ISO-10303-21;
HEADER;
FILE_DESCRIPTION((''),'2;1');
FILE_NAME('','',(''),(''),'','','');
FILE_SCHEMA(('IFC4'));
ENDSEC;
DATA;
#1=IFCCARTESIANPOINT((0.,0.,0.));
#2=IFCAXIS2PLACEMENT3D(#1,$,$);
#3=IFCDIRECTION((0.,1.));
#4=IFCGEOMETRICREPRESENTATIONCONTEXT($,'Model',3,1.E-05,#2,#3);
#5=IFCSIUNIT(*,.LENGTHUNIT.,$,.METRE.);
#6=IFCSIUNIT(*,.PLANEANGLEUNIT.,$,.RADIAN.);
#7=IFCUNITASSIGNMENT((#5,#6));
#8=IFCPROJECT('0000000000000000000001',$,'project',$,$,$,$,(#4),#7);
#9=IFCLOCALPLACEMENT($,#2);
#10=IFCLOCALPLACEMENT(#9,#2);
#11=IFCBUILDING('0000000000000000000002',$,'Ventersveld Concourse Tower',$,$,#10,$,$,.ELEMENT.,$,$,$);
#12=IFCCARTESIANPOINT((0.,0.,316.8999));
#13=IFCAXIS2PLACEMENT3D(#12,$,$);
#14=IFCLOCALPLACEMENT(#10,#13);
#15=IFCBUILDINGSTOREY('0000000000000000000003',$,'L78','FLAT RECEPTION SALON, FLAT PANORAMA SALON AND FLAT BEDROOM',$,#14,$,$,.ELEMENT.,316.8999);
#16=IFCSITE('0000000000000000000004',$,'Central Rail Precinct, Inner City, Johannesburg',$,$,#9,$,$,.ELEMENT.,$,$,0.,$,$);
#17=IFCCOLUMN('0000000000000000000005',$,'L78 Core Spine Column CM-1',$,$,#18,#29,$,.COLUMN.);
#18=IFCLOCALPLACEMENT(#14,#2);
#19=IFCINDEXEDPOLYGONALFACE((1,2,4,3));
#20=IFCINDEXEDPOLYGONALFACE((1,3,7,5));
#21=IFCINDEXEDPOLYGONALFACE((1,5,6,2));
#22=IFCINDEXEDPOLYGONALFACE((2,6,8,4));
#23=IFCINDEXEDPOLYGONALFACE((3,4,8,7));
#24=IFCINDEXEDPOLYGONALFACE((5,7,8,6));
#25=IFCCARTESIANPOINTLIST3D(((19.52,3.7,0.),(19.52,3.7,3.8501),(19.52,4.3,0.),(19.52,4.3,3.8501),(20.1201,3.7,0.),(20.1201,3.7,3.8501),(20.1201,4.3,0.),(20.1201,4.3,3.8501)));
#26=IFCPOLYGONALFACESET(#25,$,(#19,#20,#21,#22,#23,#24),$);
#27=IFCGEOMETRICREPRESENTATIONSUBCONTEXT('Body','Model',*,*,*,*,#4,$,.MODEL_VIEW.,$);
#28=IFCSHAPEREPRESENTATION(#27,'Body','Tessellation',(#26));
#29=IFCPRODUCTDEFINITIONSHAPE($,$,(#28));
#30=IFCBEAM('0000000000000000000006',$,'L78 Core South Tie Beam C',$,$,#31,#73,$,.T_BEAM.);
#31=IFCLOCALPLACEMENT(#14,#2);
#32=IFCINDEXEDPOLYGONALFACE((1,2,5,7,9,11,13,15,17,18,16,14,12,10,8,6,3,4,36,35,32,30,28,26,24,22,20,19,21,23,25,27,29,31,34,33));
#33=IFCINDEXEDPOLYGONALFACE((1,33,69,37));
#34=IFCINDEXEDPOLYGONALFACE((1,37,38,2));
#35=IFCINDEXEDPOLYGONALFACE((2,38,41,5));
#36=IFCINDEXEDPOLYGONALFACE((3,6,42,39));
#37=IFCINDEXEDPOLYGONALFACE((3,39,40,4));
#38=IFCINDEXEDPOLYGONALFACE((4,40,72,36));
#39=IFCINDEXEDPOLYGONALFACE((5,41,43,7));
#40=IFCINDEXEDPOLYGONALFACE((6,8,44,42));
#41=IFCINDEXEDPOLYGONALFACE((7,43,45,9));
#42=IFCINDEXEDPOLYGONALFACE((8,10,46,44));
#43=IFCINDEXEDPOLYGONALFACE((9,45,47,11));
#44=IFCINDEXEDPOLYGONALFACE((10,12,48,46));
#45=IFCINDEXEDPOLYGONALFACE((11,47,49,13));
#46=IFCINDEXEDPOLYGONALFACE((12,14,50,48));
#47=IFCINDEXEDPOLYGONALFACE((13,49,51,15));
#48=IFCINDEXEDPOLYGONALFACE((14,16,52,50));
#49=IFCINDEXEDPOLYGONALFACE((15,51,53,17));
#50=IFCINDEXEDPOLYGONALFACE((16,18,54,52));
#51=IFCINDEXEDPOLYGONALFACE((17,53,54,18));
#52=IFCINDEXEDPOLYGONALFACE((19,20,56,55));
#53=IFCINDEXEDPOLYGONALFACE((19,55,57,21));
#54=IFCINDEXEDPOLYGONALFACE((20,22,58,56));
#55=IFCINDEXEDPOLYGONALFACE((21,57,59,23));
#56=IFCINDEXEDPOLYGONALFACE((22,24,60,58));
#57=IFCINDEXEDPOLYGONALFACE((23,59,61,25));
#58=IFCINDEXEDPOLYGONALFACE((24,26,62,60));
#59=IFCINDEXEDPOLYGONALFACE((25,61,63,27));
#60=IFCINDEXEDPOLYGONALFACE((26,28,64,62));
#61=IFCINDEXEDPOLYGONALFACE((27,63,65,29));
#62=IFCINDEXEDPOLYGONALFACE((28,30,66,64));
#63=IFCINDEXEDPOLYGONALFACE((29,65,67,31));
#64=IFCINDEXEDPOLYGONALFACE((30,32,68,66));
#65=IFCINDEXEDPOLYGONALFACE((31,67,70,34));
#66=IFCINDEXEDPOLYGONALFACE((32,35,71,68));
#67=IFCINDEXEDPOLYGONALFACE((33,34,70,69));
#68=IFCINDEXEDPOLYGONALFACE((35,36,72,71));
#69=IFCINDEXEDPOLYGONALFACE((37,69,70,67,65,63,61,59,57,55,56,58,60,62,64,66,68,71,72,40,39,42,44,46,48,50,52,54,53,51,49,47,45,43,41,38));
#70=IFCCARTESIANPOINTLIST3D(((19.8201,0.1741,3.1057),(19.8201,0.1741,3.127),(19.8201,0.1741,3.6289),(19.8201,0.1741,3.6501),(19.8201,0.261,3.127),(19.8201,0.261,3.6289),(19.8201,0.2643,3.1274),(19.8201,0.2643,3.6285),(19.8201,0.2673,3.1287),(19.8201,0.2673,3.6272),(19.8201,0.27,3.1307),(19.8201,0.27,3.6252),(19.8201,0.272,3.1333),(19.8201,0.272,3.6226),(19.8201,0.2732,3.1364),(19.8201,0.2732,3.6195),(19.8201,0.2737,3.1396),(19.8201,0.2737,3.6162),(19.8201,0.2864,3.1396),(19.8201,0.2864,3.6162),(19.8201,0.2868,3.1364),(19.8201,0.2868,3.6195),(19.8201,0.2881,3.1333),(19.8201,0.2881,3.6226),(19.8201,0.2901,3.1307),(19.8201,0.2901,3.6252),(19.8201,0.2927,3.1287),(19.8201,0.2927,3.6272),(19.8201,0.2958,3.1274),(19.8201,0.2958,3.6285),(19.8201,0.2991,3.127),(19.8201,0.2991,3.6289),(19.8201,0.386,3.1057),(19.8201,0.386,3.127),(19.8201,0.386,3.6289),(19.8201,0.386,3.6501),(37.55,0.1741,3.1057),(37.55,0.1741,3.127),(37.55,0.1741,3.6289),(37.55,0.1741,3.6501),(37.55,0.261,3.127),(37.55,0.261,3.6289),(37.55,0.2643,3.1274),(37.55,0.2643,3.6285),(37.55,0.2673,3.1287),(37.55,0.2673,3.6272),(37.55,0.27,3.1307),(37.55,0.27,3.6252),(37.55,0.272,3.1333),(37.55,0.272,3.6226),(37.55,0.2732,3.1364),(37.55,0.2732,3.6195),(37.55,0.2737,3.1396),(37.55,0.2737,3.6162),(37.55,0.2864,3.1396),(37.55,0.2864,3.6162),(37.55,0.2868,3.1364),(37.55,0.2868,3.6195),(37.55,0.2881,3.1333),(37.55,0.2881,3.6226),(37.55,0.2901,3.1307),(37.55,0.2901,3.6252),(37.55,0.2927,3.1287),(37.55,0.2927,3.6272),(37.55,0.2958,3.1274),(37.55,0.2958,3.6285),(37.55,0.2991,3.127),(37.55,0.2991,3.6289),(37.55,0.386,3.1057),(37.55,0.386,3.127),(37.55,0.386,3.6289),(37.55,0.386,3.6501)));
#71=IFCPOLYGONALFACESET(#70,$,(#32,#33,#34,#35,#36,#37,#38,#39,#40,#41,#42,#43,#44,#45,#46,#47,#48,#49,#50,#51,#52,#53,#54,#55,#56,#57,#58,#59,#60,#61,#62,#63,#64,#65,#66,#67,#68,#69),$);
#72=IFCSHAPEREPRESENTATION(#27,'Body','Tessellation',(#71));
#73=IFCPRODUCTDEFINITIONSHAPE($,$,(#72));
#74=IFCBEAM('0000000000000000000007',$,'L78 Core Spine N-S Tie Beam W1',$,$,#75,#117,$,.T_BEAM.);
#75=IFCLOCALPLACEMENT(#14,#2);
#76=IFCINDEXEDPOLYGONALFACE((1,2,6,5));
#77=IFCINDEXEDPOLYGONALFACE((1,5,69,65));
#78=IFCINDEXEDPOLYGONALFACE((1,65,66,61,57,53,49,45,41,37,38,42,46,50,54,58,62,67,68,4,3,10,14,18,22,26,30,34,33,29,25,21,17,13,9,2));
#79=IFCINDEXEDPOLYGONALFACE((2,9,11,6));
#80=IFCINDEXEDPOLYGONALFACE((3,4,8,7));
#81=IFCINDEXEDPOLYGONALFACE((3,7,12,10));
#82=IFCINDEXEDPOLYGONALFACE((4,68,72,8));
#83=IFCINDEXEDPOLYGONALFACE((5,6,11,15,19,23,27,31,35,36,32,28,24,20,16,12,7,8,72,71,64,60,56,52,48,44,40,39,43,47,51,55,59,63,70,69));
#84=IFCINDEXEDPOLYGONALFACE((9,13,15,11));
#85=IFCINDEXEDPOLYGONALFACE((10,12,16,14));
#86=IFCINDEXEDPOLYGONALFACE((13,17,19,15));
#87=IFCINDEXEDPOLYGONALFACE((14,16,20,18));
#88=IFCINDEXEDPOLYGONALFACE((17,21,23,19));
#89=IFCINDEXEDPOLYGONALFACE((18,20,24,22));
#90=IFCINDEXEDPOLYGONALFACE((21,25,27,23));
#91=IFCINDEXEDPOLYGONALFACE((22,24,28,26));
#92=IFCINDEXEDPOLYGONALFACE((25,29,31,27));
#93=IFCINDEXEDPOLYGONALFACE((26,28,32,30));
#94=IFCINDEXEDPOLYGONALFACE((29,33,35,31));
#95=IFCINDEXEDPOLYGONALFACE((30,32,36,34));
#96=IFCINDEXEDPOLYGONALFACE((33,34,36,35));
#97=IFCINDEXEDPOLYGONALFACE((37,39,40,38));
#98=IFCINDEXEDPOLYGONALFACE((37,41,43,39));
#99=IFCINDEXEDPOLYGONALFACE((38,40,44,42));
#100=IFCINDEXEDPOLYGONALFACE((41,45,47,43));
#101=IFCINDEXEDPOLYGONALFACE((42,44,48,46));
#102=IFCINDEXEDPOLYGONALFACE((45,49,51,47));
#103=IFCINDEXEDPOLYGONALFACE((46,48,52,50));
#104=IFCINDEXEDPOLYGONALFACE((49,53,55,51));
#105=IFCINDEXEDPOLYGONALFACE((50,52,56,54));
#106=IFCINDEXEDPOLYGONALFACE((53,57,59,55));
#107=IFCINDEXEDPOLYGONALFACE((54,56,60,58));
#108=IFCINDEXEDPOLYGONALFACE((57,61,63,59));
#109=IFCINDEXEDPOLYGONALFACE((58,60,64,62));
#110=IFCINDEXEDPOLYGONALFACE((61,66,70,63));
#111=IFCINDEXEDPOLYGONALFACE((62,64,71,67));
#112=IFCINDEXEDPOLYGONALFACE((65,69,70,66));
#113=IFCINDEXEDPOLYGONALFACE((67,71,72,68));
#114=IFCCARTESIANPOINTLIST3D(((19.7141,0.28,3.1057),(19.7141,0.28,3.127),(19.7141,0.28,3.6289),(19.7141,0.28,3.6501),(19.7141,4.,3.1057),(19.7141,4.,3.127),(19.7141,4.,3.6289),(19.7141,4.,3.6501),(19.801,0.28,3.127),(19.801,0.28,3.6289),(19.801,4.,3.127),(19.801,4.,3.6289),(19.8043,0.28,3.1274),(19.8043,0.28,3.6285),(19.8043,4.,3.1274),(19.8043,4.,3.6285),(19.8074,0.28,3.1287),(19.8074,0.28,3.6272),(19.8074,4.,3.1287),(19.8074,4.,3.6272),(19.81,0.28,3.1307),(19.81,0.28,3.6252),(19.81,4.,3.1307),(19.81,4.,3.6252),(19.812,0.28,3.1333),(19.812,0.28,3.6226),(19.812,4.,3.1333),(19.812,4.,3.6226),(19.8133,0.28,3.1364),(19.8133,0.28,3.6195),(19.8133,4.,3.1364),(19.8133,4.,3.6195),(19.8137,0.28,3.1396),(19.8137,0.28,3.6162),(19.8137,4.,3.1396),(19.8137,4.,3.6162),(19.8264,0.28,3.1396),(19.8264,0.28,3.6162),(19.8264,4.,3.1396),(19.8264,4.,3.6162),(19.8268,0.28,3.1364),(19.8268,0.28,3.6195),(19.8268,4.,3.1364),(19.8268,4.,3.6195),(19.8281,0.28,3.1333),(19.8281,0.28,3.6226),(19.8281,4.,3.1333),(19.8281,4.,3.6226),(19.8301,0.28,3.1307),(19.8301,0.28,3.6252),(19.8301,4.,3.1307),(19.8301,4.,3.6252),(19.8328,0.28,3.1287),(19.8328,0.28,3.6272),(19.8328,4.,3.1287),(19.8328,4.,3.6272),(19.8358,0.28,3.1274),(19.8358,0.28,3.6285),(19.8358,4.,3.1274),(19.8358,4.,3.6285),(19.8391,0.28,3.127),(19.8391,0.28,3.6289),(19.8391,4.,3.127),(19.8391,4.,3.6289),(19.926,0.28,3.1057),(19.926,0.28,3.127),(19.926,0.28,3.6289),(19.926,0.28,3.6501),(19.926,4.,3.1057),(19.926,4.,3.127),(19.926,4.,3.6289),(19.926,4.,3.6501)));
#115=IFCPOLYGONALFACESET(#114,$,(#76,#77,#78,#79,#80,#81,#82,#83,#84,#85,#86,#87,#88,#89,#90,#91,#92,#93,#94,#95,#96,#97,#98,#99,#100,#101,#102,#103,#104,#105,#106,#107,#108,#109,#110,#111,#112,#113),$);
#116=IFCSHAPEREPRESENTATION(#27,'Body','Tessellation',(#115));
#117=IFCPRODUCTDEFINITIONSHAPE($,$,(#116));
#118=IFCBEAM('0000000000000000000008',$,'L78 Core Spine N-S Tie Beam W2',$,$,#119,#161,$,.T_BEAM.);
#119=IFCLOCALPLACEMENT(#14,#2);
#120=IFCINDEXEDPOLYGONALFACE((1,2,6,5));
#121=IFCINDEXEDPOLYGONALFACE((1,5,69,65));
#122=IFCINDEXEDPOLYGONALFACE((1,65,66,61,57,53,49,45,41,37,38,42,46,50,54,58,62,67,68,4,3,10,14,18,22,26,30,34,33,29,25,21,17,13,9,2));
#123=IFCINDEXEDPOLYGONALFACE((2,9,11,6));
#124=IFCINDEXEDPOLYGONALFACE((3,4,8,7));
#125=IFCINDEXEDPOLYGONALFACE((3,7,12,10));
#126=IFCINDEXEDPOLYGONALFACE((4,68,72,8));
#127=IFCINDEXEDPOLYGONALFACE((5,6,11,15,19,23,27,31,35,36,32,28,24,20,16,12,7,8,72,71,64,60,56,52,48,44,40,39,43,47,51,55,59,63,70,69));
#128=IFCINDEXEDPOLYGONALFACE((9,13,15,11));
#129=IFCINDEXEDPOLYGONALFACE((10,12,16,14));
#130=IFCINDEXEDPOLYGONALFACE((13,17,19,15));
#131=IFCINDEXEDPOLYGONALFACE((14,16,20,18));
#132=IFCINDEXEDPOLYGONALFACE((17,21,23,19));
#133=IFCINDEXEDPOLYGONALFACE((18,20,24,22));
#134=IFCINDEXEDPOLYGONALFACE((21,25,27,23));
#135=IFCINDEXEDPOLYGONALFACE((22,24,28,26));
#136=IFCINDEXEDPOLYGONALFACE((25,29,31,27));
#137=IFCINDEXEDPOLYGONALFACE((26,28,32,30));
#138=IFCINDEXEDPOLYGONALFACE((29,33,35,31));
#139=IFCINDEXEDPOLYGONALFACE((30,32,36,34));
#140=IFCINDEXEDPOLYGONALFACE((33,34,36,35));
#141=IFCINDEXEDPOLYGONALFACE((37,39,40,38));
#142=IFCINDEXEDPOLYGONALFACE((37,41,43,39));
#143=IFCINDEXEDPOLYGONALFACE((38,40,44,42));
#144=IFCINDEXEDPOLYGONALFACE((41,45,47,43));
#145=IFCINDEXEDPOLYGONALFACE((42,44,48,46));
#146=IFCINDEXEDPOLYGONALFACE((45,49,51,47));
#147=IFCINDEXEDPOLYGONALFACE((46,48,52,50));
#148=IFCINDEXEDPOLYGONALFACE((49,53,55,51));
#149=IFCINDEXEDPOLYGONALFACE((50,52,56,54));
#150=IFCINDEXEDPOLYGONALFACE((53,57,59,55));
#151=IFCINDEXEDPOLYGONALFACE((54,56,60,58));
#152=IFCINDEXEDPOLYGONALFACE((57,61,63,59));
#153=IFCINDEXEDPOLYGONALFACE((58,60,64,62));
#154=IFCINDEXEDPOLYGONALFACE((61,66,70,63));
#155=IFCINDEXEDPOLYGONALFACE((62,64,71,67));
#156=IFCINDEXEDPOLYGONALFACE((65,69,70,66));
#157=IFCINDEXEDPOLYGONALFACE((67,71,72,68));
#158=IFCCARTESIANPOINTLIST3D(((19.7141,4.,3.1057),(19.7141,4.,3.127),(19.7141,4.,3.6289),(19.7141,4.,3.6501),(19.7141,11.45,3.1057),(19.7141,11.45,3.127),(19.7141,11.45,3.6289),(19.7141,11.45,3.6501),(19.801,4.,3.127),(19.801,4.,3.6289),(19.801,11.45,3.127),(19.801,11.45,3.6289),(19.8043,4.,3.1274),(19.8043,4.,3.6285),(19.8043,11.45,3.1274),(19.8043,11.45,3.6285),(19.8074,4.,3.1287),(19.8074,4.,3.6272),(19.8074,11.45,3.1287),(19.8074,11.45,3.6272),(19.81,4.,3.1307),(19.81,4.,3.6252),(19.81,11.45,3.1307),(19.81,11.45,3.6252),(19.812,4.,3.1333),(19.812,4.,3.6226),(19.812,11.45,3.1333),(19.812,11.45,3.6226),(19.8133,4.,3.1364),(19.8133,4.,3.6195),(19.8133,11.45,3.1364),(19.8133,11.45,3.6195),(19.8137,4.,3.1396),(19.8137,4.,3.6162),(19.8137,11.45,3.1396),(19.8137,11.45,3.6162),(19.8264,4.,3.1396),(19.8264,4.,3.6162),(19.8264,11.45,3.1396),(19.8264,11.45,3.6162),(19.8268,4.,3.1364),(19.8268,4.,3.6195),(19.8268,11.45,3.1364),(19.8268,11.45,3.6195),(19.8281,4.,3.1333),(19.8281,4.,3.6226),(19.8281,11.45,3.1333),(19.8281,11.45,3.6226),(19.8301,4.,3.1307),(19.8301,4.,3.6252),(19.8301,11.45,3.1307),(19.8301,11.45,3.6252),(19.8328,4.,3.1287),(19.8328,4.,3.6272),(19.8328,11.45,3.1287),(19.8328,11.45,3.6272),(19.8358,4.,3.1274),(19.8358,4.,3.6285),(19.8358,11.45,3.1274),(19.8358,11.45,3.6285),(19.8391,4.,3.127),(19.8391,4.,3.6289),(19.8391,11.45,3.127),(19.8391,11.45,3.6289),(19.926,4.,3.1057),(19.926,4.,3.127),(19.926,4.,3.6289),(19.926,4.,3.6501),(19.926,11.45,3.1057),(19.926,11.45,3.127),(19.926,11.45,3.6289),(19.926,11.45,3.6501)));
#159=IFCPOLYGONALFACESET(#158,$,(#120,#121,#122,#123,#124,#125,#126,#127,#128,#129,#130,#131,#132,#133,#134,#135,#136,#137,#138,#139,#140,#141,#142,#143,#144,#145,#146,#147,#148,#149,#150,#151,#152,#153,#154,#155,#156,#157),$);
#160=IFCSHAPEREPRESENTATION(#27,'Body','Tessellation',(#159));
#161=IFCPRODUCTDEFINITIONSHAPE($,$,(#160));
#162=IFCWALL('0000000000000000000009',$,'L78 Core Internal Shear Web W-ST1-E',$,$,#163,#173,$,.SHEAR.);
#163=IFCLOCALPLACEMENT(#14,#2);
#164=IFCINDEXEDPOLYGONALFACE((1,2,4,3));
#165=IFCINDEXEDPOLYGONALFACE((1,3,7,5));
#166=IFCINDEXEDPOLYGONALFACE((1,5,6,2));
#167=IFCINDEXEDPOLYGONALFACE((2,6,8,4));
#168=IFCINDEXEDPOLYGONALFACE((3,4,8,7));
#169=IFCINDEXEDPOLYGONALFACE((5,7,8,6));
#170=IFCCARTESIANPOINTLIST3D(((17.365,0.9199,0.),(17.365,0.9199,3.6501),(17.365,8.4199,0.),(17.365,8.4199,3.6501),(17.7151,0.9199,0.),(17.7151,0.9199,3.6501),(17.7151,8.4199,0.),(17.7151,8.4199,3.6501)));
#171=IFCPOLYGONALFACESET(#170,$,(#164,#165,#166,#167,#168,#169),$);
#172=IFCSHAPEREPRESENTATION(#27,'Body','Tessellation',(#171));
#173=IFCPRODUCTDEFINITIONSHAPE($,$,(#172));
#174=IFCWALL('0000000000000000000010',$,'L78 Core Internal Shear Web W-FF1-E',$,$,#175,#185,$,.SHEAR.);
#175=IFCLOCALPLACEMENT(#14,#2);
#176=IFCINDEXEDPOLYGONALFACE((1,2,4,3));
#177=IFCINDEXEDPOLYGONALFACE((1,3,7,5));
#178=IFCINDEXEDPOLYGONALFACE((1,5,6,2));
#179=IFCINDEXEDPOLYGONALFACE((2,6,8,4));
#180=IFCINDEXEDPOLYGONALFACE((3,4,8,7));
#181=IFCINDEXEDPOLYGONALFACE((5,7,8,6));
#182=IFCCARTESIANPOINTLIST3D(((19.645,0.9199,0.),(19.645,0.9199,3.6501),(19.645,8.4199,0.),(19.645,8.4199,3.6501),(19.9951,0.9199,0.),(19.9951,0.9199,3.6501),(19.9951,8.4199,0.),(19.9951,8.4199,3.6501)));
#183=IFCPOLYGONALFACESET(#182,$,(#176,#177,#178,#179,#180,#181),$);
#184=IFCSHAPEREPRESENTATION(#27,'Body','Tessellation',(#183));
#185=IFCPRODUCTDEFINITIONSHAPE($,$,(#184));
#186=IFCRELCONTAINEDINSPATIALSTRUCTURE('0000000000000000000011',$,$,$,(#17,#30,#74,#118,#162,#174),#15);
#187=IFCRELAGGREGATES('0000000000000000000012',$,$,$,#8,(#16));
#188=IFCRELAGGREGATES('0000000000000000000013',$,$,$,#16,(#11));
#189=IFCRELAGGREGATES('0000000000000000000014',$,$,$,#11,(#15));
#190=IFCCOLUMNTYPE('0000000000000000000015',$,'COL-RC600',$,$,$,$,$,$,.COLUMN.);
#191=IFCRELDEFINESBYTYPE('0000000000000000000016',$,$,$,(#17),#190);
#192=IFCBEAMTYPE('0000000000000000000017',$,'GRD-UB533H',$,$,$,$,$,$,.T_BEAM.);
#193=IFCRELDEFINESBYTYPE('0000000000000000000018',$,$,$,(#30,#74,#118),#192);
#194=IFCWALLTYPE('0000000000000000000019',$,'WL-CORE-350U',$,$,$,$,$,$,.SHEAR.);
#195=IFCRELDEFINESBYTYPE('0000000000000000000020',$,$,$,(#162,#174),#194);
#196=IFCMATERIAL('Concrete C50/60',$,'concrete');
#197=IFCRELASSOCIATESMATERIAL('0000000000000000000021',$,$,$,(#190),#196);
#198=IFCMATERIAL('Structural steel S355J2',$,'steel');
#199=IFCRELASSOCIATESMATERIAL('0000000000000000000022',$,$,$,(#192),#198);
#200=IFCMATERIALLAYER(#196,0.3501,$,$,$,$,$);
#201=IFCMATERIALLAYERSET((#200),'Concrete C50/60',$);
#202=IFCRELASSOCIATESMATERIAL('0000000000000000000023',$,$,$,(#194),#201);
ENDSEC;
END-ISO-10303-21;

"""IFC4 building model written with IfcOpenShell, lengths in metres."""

from ifc_helpers import new_model, si_unit, direction, frame, frame_2d, origin, origin_2d, place, context, subcontext, project, spatial, rectangle, i_section, extrude, material, layer, layer_set, material_profile, profile_set, type_object, element, save


model = new_model("IFC4")

# Units and contexts
model_context = context("Model", 3, precision=1e-05, world=origin(), true_north=direction((0.0, 1.0)))
body_context = subcontext(model_context, "Body", "Model", "MODEL_VIEW")
ifc_project = project(units=[si_unit("LENGTHUNIT", "METRE"), si_unit("PLANEANGLEUNIT", "RADIAN")], contexts=[model_context])

# Site, building, storey
site_placement = place(None, origin())
site = spatial("IfcSite", under=ifc_project, at=site_placement, Name="Central Rail Precinct, Inner City, Johannesburg", CompositionType="ELEMENT", RefElevation=0.0)
building_placement = place(site_placement, origin())
building = spatial("IfcBuilding", under=site, at=building_placement, Name="Ventersveld Concourse Tower", CompositionType="ELEMENT")
storey_placement = place(building_placement, frame((0.0, 0.0, 316.8999)))
storey = spatial("IfcBuildingStorey", under=building, at=storey_placement, Name="L78", Description="FLAT RECEPTION SALON, FLAT PANORAMA SALON AND FLAT BEDROOM", CompositionType="ELEMENT", Elevation=316.8999)

# Column
ifc_material_1 = material(Name="Concrete C50/60", Category="concrete")
ifc_material_profile_1 = material_profile(ifc_material_1, rectangle(XDim=0.6001, YDim=0.6001, at=origin_2d()), Name="RC 600x600")
ifc_profile_set_1 = profile_set([ifc_material_profile_1], Name="Concrete C50/60")
column_type = type_object("IfcColumnType", Name="COL-RC600", PredefinedType="COLUMN", material=ifc_profile_set_1)
column_placement = place(storey_placement, frame((19.8201, 4.0, 0.0), z_axis=(0.0, 0.0, 1.0), x_axis=(1.0, 0.0, 0.0)))
element("IfcColumn", 1, at=column_placement, inside=storey, type_object=column_type, Name="L78 Core Spine Column CM-1", PredefinedType="COLUMN", context=body_context, shape_type="SweptSolid", body=[
    extrude(rectangle(XDim=0.6001, YDim=0.6001, at=origin_2d()), origin(), (0.0, 0.0, 1.0), 3.8501),
])

# Beams
ifc_material_2 = material(Name="Structural steel S355J2", Category="steel")
ifc_material_profile_2 = material_profile(ifc_material_2, i_section(OverallWidth=0.2119, OverallDepth=0.5444, WebThickness=0.0127, FlangeThickness=0.0212, FilletRadius=0.0127, at=origin_2d()), Name="UB 533x210x122")
ifc_profile_set_2 = profile_set([ifc_material_profile_2], Name="Structural steel S355J2")
beam_type = type_object("IfcBeamType", Name="GRD-UB533H", PredefinedType="T_BEAM", material=ifc_profile_set_2)
beam_1_placement = place(storey_placement, frame((19.8201, 0.28, 3.3779), z_axis=(1.0, 0.0, 0.0), x_axis=(0.0, 1.0, 0.0)))
element("IfcBeam", 2, at=beam_1_placement, inside=storey, type_object=beam_type, Name="L78 Core South Tie Beam C", PredefinedType="T_BEAM", context=body_context, shape_type="SweptSolid", body=[
    extrude(i_section(OverallWidth=0.2119, OverallDepth=0.5444, WebThickness=0.0127, FlangeThickness=0.0212, FilletRadius=0.0127, at=origin_2d()), origin(), (0.0, 0.0, 1.0), 17.73),
])
beam_2_placement = place(storey_placement, frame((19.8201, 0.28, 3.3779), z_axis=(0.0, 1.0, 0.0), x_axis=(-1.0, 0.0, 0.0)))
element("IfcBeam", 3, at=beam_2_placement, inside=storey, type_object=beam_type, Name="L78 Core Spine N-S Tie Beam W1", PredefinedType="T_BEAM", context=body_context, shape_type="SweptSolid", body=[
    extrude(i_section(OverallWidth=0.2119, OverallDepth=0.5444, WebThickness=0.0127, FlangeThickness=0.0212, FilletRadius=0.0127, at=origin_2d()), origin(), (0.0, 0.0, 1.0), 3.72),
])
beam_3_placement = place(storey_placement, frame((19.8201, 4.0, 3.3779), z_axis=(0.0, 1.0, 0.0), x_axis=(-1.0, 0.0, 0.0)))
element("IfcBeam", 4, at=beam_3_placement, inside=storey, type_object=beam_type, Name="L78 Core Spine N-S Tie Beam W2", PredefinedType="T_BEAM", context=body_context, shape_type="SweptSolid", body=[
    extrude(i_section(OverallWidth=0.2119, OverallDepth=0.5444, WebThickness=0.0127, FlangeThickness=0.0212, FilletRadius=0.0127, at=origin_2d()), origin(), (0.0, 0.0, 1.0), 7.45),
])

# Walls
ifc_layer_1 = layer(ifc_material_1, 0.3501)
ifc_layer_set_1 = layer_set([ifc_layer_1], Name="Concrete C50/60")
wall_type_1 = type_object("IfcWallType", Name="WL-CORE-350U", PredefinedType="SHEAR", material=ifc_layer_set_1)
for number, where, z_axis, x_axis, name in (
    (5, (17.54, 0.9199, 0.0), (0.0, 0.0, 1.0), (0.0, 1.0, 0.0), "L78 Core Internal Shear Web W-ST1-E"),
    (6, (19.8201, 0.9199, 0.0), (0.0, 0.0, 1.0), (0.0, 1.0, 0.0), "L78 Core Internal Shear Web W-FF1-E"),
):
    element("IfcWall", number, at=place(storey_placement, frame(where, z_axis=z_axis, x_axis=x_axis)), inside=storey, type_object=wall_type_1, Name=name, PredefinedType="SHEAR", context=body_context, shape_type="SweptSolid", body=[
        extrude(rectangle(XDim=7.5, YDim=0.3501, at=frame_2d((3.75, 0.0))), origin(), (0.0, 0.0, 1.0), 3.6501),
    ])

save(model, "model.ifc")
